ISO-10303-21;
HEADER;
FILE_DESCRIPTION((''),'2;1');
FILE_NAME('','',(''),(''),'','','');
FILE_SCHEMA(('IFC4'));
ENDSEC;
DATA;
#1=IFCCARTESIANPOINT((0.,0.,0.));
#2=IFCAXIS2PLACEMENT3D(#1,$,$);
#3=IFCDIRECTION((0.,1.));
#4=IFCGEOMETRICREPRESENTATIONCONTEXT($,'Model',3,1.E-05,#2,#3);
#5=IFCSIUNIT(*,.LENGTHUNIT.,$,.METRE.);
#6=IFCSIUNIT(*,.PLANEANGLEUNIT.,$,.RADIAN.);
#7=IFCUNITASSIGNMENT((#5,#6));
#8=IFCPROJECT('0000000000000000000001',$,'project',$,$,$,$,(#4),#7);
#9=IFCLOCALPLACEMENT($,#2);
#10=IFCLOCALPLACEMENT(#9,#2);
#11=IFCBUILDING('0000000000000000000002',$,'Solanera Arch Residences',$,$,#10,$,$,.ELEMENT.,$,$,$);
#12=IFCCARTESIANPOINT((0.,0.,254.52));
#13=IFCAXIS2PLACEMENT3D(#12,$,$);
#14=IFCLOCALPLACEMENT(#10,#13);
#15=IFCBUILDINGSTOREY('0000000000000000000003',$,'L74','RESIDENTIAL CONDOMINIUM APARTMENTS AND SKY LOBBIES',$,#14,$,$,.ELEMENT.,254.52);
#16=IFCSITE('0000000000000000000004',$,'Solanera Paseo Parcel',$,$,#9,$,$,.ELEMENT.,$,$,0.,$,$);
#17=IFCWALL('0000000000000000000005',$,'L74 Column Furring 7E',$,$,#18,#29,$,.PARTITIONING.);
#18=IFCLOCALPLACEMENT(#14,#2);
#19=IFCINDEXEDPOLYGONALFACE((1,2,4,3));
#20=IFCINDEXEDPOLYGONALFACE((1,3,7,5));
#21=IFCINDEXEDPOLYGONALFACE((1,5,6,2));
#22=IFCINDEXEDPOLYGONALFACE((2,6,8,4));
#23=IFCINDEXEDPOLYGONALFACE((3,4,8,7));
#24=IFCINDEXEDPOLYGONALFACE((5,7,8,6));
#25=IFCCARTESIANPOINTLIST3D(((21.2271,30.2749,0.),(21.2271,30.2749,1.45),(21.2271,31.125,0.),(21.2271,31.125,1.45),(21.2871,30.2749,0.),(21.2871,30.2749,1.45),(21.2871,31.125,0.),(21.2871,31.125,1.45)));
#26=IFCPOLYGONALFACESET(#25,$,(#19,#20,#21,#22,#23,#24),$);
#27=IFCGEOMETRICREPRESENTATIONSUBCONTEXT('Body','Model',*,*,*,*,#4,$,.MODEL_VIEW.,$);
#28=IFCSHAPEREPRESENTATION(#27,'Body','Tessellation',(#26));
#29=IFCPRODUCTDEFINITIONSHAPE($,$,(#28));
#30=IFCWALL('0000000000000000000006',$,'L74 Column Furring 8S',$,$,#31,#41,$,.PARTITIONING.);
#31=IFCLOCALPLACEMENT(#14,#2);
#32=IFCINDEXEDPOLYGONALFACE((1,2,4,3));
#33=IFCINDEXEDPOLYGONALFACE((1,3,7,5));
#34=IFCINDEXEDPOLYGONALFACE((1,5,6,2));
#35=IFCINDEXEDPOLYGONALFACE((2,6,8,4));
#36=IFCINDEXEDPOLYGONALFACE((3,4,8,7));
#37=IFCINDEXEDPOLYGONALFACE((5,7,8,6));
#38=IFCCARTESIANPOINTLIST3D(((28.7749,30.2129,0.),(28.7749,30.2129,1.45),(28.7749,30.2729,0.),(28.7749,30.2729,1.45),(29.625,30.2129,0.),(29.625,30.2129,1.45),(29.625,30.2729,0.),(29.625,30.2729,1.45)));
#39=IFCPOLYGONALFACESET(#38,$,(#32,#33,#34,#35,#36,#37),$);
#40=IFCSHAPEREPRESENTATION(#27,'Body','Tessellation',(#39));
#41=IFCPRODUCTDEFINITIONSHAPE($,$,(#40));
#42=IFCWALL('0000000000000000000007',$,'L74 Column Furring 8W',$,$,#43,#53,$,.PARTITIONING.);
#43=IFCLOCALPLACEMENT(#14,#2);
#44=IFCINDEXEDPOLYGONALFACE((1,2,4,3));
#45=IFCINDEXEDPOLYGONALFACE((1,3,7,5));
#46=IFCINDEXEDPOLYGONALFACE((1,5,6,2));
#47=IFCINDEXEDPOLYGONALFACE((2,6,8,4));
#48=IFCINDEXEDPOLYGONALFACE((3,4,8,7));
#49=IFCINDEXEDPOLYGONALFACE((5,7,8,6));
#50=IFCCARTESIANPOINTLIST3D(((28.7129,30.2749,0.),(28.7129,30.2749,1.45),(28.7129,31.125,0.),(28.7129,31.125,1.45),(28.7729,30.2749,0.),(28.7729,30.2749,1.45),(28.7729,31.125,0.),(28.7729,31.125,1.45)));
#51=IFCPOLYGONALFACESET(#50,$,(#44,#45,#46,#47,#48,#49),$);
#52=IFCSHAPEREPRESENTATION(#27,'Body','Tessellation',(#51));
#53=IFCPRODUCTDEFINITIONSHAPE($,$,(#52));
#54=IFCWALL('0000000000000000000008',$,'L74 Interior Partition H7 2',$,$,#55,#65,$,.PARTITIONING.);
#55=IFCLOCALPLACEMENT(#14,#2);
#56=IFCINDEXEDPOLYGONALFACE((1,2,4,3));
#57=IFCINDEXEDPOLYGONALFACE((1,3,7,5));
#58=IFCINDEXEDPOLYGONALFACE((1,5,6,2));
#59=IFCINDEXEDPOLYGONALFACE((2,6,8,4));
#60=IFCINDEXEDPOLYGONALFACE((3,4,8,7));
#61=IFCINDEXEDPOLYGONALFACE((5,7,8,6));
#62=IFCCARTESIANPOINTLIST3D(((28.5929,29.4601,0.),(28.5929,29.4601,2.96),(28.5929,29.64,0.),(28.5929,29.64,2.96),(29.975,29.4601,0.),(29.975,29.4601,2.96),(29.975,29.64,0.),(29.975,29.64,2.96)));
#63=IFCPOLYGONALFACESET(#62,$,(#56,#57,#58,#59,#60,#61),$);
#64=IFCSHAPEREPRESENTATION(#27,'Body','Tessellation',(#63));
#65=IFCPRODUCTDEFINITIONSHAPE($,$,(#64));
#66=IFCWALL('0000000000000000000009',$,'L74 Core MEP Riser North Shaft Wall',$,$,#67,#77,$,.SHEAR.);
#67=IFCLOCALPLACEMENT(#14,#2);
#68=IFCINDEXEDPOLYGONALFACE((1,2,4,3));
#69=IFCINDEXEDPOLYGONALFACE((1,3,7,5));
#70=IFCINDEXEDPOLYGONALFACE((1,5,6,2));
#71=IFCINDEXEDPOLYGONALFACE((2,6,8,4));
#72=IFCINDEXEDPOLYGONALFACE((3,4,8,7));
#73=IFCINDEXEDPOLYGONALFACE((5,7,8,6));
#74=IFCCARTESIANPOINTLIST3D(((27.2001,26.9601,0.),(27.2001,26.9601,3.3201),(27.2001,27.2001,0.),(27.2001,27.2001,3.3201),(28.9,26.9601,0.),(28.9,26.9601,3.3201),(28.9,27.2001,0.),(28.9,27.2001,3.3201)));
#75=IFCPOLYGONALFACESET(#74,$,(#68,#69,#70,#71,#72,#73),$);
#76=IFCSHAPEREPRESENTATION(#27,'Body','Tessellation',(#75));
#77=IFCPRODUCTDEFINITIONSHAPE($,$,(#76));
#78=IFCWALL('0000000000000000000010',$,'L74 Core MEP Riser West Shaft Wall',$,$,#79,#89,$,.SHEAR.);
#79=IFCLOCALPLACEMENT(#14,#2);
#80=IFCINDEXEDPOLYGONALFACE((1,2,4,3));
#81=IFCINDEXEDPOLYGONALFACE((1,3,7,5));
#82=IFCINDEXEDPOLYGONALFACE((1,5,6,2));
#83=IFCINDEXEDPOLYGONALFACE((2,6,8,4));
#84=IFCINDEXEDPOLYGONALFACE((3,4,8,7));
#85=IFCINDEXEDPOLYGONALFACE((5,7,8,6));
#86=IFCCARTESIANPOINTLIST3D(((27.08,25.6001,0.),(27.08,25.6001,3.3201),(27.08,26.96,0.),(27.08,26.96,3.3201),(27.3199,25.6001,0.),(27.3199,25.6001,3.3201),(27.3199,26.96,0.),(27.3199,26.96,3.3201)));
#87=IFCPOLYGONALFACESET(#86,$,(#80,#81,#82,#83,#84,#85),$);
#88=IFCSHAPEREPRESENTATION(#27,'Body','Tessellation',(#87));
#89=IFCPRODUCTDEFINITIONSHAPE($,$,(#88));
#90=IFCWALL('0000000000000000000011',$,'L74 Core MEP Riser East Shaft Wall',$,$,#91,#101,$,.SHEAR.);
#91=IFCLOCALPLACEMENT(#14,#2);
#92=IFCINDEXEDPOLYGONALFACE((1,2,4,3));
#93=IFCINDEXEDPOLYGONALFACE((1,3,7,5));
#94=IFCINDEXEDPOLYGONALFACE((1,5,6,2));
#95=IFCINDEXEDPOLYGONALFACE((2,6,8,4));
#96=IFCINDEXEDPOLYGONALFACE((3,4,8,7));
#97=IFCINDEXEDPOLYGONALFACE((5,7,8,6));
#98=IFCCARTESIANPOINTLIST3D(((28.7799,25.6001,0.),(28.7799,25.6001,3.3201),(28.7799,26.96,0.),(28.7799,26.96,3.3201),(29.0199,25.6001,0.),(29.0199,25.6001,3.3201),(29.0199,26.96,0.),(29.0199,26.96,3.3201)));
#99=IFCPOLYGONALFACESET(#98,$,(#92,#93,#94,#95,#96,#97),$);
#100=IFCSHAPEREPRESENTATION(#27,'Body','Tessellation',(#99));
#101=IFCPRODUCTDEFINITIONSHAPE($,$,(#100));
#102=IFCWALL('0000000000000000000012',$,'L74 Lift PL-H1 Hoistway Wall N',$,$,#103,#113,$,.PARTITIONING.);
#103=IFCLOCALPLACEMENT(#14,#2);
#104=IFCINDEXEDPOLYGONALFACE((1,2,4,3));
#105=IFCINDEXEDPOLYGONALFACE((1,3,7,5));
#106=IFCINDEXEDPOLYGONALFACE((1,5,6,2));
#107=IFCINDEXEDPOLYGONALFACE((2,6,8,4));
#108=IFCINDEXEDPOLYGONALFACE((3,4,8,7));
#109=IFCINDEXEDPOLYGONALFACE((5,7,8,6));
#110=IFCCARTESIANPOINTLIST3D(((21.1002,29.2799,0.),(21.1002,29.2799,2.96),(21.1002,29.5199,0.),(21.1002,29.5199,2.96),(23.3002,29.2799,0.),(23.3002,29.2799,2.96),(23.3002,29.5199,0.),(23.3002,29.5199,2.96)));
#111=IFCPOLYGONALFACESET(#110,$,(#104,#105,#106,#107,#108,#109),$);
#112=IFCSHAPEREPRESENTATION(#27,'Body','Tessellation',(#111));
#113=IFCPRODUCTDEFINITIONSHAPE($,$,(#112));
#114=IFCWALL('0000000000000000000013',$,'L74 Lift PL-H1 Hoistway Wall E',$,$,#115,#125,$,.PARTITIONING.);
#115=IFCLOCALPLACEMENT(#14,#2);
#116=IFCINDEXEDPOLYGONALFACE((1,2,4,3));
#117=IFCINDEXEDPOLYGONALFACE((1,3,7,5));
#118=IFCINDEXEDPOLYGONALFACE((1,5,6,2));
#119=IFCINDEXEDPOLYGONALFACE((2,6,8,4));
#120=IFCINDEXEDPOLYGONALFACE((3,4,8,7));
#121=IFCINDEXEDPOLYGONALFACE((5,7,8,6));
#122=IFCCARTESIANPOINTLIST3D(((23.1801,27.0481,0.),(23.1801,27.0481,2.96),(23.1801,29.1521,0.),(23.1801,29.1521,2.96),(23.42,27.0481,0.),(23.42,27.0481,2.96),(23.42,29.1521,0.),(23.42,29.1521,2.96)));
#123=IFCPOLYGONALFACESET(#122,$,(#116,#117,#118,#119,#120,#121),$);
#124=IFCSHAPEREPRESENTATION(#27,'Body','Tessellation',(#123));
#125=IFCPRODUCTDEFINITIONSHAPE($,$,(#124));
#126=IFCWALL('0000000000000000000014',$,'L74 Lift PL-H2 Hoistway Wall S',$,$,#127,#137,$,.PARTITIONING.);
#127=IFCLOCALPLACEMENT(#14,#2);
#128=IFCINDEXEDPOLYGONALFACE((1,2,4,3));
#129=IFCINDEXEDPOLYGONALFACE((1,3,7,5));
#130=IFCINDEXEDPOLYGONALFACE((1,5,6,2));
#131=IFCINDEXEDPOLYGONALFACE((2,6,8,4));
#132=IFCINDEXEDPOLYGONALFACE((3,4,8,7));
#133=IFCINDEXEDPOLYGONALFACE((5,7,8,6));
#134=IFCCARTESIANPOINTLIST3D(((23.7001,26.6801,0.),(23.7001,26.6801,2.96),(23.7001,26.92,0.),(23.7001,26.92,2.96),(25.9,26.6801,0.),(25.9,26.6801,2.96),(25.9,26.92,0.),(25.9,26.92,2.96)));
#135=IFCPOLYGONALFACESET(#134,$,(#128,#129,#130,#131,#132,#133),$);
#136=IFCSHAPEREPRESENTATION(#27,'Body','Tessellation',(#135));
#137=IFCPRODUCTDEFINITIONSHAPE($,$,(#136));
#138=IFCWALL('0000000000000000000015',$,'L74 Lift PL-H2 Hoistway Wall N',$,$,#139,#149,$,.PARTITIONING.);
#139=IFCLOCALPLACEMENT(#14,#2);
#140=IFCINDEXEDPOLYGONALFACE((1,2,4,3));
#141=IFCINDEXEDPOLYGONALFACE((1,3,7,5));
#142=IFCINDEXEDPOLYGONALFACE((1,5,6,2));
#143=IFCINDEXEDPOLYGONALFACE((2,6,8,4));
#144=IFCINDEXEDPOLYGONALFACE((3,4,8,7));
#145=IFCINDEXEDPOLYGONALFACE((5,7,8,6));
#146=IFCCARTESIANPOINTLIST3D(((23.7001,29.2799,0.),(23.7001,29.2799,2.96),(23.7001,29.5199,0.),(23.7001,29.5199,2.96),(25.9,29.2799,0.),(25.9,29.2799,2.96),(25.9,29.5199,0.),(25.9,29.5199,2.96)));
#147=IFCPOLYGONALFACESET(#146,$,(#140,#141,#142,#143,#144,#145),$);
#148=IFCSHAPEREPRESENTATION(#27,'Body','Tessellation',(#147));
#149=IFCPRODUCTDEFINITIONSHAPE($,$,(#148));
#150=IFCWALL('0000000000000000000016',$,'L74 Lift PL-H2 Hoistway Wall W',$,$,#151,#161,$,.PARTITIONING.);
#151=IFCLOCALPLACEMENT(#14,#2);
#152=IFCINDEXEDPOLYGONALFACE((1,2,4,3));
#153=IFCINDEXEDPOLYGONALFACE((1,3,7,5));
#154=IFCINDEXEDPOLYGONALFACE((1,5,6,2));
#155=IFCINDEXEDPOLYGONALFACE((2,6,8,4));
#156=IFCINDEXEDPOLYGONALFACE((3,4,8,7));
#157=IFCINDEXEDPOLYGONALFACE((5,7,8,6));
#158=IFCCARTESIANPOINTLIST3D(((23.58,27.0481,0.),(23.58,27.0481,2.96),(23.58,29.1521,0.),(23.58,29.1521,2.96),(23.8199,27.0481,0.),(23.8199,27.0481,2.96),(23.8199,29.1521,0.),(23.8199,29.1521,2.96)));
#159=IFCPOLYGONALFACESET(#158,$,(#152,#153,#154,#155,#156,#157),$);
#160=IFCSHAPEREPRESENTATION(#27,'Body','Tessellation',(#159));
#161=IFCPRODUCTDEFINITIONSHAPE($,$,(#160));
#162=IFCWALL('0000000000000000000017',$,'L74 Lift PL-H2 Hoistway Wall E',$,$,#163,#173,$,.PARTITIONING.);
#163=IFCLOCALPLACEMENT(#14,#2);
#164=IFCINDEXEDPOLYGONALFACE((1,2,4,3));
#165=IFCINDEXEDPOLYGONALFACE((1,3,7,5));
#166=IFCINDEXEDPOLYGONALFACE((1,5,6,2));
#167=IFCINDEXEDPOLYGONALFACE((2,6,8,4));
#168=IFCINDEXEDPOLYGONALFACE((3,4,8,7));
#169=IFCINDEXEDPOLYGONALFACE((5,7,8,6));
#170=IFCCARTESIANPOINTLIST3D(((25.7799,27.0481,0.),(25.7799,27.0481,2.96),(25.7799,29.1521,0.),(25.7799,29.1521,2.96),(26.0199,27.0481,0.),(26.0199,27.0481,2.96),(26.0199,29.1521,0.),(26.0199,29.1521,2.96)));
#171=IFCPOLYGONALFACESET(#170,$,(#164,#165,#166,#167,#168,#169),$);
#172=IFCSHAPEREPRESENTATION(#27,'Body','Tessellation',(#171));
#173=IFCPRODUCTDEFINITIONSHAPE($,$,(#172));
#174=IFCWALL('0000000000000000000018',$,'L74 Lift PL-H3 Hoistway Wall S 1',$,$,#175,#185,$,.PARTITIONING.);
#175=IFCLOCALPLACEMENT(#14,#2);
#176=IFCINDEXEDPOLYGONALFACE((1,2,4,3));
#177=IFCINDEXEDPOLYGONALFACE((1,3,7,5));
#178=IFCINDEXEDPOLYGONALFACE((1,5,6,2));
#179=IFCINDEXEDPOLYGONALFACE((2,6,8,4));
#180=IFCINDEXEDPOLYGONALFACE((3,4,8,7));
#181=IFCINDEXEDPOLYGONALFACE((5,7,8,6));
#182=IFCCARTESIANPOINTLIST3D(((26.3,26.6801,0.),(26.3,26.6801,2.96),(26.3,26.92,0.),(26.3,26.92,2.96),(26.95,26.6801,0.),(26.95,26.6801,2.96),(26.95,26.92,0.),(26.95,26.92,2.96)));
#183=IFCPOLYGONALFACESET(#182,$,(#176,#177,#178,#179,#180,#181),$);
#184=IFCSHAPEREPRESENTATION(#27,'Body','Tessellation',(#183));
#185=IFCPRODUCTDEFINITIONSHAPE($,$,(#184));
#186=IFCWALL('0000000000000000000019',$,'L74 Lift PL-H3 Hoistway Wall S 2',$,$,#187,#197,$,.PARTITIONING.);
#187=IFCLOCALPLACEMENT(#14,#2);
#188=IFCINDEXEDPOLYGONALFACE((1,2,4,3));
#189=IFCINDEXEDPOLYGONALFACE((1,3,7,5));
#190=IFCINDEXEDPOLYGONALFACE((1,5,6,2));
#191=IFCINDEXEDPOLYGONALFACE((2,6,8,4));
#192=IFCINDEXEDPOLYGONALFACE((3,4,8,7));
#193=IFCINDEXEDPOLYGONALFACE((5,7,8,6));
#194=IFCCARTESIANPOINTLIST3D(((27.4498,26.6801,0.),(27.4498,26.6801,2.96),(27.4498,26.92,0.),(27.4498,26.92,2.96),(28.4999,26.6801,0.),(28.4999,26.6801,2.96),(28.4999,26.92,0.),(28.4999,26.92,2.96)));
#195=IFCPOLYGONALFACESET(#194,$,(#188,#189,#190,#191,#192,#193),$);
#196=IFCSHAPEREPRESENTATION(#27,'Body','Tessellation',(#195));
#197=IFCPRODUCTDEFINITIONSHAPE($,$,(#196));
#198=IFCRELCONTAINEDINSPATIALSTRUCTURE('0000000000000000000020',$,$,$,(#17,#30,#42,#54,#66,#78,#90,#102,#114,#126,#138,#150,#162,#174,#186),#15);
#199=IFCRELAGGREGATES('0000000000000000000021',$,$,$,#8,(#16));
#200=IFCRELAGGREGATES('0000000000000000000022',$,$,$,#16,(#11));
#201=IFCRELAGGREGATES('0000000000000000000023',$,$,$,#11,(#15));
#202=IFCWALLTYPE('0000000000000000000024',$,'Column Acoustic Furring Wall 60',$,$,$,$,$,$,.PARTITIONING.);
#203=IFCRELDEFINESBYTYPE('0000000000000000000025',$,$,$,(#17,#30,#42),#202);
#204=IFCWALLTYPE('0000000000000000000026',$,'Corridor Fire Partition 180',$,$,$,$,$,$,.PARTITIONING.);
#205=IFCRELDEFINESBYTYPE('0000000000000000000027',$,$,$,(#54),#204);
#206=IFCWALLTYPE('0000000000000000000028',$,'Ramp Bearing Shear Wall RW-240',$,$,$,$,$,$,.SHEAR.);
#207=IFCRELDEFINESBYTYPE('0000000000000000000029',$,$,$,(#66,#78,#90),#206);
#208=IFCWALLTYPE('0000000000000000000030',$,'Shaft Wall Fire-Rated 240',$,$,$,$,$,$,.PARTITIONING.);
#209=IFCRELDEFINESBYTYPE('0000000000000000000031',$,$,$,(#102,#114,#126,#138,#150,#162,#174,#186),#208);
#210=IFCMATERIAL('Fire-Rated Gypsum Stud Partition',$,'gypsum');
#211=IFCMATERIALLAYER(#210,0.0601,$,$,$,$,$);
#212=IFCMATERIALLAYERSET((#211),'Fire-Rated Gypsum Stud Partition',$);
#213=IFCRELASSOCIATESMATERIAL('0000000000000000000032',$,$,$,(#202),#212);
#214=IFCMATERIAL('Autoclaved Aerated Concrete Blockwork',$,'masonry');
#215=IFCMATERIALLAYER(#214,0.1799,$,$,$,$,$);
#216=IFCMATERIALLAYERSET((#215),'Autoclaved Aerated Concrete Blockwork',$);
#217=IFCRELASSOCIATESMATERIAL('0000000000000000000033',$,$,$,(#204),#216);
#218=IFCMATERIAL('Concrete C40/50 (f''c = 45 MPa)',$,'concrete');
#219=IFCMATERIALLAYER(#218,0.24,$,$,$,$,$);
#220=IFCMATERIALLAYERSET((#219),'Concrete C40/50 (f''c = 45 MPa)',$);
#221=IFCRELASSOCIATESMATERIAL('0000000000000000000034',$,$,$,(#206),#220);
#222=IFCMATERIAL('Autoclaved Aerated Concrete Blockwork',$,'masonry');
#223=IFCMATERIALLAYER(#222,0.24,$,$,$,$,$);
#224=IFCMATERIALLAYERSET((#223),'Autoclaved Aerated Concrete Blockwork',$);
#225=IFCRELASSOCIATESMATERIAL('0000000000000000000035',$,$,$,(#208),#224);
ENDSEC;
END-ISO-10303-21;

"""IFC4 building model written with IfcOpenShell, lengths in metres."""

from ifc_helpers import new_model, si_unit, direction, frame, frame_2d, origin, place, context, subcontext, project, spatial, rectangle, extrude, material, layer, layer_set, type_object, element, save


model = new_model("IFC4")

# Units and contexts
model_context = context("Model", 3, precision=1e-05, world=origin(), true_north=direction((0.0, 1.0)))
body_context = subcontext(model_context, "Body", "Model", "MODEL_VIEW")
ifc_project = project(units=[si_unit("LENGTHUNIT", "METRE"), si_unit("PLANEANGLEUNIT", "RADIAN")], contexts=[model_context])

# Site, building, storey
site_placement = place(None, origin())
site = spatial("IfcSite", under=ifc_project, at=site_placement, Name="Solanera Paseo Parcel", CompositionType="ELEMENT", RefElevation=0.0)
building_placement = place(site_placement, origin())
building = spatial("IfcBuilding", under=site, at=building_placement, Name="Solanera Arch Residences", CompositionType="ELEMENT")
storey_placement = place(building_placement, frame((0.0, 0.0, 254.52)))
storey = spatial("IfcBuildingStorey", under=building, at=storey_placement, Name="L74", Description="RESIDENTIAL CONDOMINIUM APARTMENTS AND SKY LOBBIES", CompositionType="ELEMENT", Elevation=254.52)

# Walls
ifc_material_1 = material(Name="Fire-Rated Gypsum Stud Partition", Category="gypsum")
ifc_layer_1 = layer(ifc_material_1, 0.0601)
ifc_layer_set_1 = layer_set([ifc_layer_1], Name="Fire-Rated Gypsum Stud Partition")
wall_type_1 = type_object("IfcWallType", Name="Column Acoustic Furring Wall 60", PredefinedType="PARTITIONING", material=ifc_layer_set_1)
for number, where, z_axis, x_axis, name in (
    (1, (21.2571, 30.2749, 0.0), (0.0, 0.0, 1.0), (0.0, 1.0, 0.0), "L74 Column Furring 7E"),
    (2, (28.7749, 30.2429, 0.0), (0.0, 0.0, 1.0), (1.0, 0.0, 0.0), "L74 Column Furring 8S"),
    (3, (28.7429, 30.2749, 0.0), (0.0, 0.0, 1.0), (0.0, 1.0, 0.0), "L74 Column Furring 8W"),
):
    element("IfcWall", number, at=place(storey_placement, frame(where, z_axis=z_axis, x_axis=x_axis)), inside=storey, type_object=wall_type_1, Name=name, PredefinedType="PARTITIONING", context=body_context, shape_type="SweptSolid", body=[
        extrude(rectangle(XDim=0.8501, YDim=0.0601, at=frame_2d((0.425, 0.0))), origin(), (0.0, 0.0, 1.0), 1.45),
    ])
ifc_material_2 = material(Name="Autoclaved Aerated Concrete Blockwork", Category="masonry")
ifc_layer_2 = layer(ifc_material_2, 0.1799)
ifc_layer_set_2 = layer_set([ifc_layer_2], Name="Autoclaved Aerated Concrete Blockwork")
wall_type_2 = type_object("IfcWallType", Name="Corridor Fire Partition 180", PredefinedType="PARTITIONING", material=ifc_layer_set_2)
wall_1_placement = place(storey_placement, frame((28.593, 29.55, 0.0), z_axis=(0.0, 0.0, 1.0), x_axis=(1.0, 0.0, 0.0)))
element("IfcWall", 4, at=wall_1_placement, inside=storey, type_object=wall_type_2, Name="L74 Interior Partition H7 2", PredefinedType="PARTITIONING", context=body_context, shape_type="SweptSolid", body=[
    extrude(rectangle(XDim=1.3821, YDim=0.1799, at=frame_2d((0.6909, 0.0))), origin(), (0.0, 0.0, 1.0), 2.96),
])
ifc_material_3 = material(Name="Concrete C40/50 (f'c = 45 MPa)", Category="concrete")
ifc_layer_3 = layer(ifc_material_3, 0.24)
ifc_layer_set_3 = layer_set([ifc_layer_3], Name="Concrete C40/50 (f'c = 45 MPa)")
wall_type_3 = type_object("IfcWallType", Name="Ramp Bearing Shear Wall RW-240", PredefinedType="SHEAR", material=ifc_layer_set_3)
wall_2_placement = place(storey_placement, frame((27.2, 27.0801, 0.0), z_axis=(0.0, 0.0, 1.0), x_axis=(1.0, 0.0, 0.0)))
element("IfcWall", 5, at=wall_2_placement, inside=storey, type_object=wall_type_3, Name="L74 Core MEP Riser North Shaft Wall", PredefinedType="SHEAR", context=body_context, shape_type="SweptSolid", body=[
    extrude(rectangle(XDim=1.7, YDim=0.24, at=frame_2d((0.8501, 0.0))), origin(), (0.0, 0.0, 1.0), 3.3201),
])
for number, where, z_axis, x_axis, name in (
    (6, (27.2, 25.6001, 0.0), (0.0, 0.0, 1.0), (0.0, 1.0, 0.0), "L74 Core MEP Riser West Shaft Wall"),
    (7, (28.8999, 25.6001, 0.0), (0.0, 0.0, 1.0), (0.0, 1.0, 0.0), "L74 Core MEP Riser East Shaft Wall"),
):
    element("IfcWall", number, at=place(storey_placement, frame(where, z_axis=z_axis, x_axis=x_axis)), inside=storey, type_object=wall_type_3, Name=name, PredefinedType="SHEAR", context=body_context, shape_type="SweptSolid", body=[
        extrude(rectangle(XDim=1.3599, YDim=0.24, at=frame_2d((0.6799, 0.0))), origin(), (0.0, 0.0, 1.0), 3.3201),
    ])
ifc_material_4 = material(Name="Autoclaved Aerated Concrete Blockwork", Category="masonry")
ifc_layer_4 = layer(ifc_material_4, 0.24)
ifc_layer_set_4 = layer_set([ifc_layer_4], Name="Autoclaved Aerated Concrete Blockwork")
wall_type_4 = type_object("IfcWallType", Name="Shaft Wall Fire-Rated 240", PredefinedType="PARTITIONING", material=ifc_layer_set_4)
wall_3_placement = place(storey_placement, frame((21.1001, 29.3999, 0.0), z_axis=(0.0, 0.0, 1.0), x_axis=(1.0, 0.0, 0.0)))
element("IfcWall", 8, at=wall_3_placement, inside=storey, type_object=wall_type_4, Name="L74 Lift PL-H1 Hoistway Wall N", PredefinedType="PARTITIONING", context=body_context, shape_type="SweptSolid", body=[
    extrude(rectangle(XDim=2.2, YDim=0.24, at=frame_2d((1.1001, 0.0))), origin(), (0.0, 0.0, 1.0), 2.96),
])
wall_4_placement = place(storey_placement, frame((23.3, 27.0481, 0.0), z_axis=(0.0, 0.0, 1.0), x_axis=(0.0, 1.0, 0.0)))
element("IfcWall", 9, at=wall_4_placement, inside=storey, type_object=wall_type_4, Name="L74 Lift PL-H1 Hoistway Wall E", PredefinedType="PARTITIONING", context=body_context, shape_type="SweptSolid", body=[
    extrude(rectangle(XDim=2.104, YDim=0.24, at=frame_2d((1.052, 0.0))), origin(), (0.0, 0.0, 1.0), 2.96),
])
for number, where, z_axis, x_axis, name in (
    (10, (23.7, 26.8, 0.0), (0.0, 0.0, 1.0), (1.0, 0.0, 0.0), "L74 Lift PL-H2 Hoistway Wall S"),
    (11, (23.7, 29.3999, 0.0), (0.0, 0.0, 1.0), (1.0, 0.0, 0.0), "L74 Lift PL-H2 Hoistway Wall N"),
):
    element("IfcWall", number, at=place(storey_placement, frame(where, z_axis=z_axis, x_axis=x_axis)), inside=storey, type_object=wall_type_4, Name=name, PredefinedType="PARTITIONING", context=body_context, shape_type="SweptSolid", body=[
        extrude(rectangle(XDim=2.2, YDim=0.24, at=frame_2d((1.1001, 0.0))), origin(), (0.0, 0.0, 1.0), 2.96),
    ])
for number, where, z_axis, x_axis, name in (
    (12, (23.7, 27.0481, 0.0), (0.0, 0.0, 1.0), (0.0, 1.0, 0.0), "L74 Lift PL-H2 Hoistway Wall W"),
    (13, (25.8999, 27.0481, 0.0), (0.0, 0.0, 1.0), (0.0, 1.0, 0.0), "L74 Lift PL-H2 Hoistway Wall E"),
):
    element("IfcWall", number, at=place(storey_placement, frame(where, z_axis=z_axis, x_axis=x_axis)), inside=storey, type_object=wall_type_4, Name=name, PredefinedType="PARTITIONING", context=body_context, shape_type="SweptSolid", body=[
        extrude(rectangle(XDim=2.104, YDim=0.24, at=frame_2d((1.052, 0.0))), origin(), (0.0, 0.0, 1.0), 2.96),
    ])
wall_5_placement = place(storey_placement, frame((26.3, 26.8, 0.0), z_axis=(0.0, 0.0, 1.0), x_axis=(1.0, 0.0, 0.0)))
element("IfcWall", 14, at=wall_5_placement, inside=storey, type_object=wall_type_4, Name="L74 Lift PL-H3 Hoistway Wall S 1", PredefinedType="PARTITIONING", context=body_context, shape_type="SweptSolid", body=[
    extrude(rectangle(XDim=0.6499, YDim=0.24, at=frame_2d((0.325, 0.0))), origin(), (0.0, 0.0, 1.0), 2.96),
])
wall_6_placement = place(storey_placement, frame((27.45, 26.8, 0.0), z_axis=(0.0, 0.0, 1.0), x_axis=(1.0, 0.0, 0.0)))
element("IfcWall", 15, at=wall_6_placement, inside=storey, type_object=wall_type_4, Name="L74 Lift PL-H3 Hoistway Wall S 2", PredefinedType="PARTITIONING", context=body_context, shape_type="SweptSolid", body=[
    extrude(rectangle(XDim=1.05, YDim=0.24, at=frame_2d((0.5249, 0.0))), origin(), (0.0, 0.0, 1.0), 2.96),
])

save(model, "model.ifc")
